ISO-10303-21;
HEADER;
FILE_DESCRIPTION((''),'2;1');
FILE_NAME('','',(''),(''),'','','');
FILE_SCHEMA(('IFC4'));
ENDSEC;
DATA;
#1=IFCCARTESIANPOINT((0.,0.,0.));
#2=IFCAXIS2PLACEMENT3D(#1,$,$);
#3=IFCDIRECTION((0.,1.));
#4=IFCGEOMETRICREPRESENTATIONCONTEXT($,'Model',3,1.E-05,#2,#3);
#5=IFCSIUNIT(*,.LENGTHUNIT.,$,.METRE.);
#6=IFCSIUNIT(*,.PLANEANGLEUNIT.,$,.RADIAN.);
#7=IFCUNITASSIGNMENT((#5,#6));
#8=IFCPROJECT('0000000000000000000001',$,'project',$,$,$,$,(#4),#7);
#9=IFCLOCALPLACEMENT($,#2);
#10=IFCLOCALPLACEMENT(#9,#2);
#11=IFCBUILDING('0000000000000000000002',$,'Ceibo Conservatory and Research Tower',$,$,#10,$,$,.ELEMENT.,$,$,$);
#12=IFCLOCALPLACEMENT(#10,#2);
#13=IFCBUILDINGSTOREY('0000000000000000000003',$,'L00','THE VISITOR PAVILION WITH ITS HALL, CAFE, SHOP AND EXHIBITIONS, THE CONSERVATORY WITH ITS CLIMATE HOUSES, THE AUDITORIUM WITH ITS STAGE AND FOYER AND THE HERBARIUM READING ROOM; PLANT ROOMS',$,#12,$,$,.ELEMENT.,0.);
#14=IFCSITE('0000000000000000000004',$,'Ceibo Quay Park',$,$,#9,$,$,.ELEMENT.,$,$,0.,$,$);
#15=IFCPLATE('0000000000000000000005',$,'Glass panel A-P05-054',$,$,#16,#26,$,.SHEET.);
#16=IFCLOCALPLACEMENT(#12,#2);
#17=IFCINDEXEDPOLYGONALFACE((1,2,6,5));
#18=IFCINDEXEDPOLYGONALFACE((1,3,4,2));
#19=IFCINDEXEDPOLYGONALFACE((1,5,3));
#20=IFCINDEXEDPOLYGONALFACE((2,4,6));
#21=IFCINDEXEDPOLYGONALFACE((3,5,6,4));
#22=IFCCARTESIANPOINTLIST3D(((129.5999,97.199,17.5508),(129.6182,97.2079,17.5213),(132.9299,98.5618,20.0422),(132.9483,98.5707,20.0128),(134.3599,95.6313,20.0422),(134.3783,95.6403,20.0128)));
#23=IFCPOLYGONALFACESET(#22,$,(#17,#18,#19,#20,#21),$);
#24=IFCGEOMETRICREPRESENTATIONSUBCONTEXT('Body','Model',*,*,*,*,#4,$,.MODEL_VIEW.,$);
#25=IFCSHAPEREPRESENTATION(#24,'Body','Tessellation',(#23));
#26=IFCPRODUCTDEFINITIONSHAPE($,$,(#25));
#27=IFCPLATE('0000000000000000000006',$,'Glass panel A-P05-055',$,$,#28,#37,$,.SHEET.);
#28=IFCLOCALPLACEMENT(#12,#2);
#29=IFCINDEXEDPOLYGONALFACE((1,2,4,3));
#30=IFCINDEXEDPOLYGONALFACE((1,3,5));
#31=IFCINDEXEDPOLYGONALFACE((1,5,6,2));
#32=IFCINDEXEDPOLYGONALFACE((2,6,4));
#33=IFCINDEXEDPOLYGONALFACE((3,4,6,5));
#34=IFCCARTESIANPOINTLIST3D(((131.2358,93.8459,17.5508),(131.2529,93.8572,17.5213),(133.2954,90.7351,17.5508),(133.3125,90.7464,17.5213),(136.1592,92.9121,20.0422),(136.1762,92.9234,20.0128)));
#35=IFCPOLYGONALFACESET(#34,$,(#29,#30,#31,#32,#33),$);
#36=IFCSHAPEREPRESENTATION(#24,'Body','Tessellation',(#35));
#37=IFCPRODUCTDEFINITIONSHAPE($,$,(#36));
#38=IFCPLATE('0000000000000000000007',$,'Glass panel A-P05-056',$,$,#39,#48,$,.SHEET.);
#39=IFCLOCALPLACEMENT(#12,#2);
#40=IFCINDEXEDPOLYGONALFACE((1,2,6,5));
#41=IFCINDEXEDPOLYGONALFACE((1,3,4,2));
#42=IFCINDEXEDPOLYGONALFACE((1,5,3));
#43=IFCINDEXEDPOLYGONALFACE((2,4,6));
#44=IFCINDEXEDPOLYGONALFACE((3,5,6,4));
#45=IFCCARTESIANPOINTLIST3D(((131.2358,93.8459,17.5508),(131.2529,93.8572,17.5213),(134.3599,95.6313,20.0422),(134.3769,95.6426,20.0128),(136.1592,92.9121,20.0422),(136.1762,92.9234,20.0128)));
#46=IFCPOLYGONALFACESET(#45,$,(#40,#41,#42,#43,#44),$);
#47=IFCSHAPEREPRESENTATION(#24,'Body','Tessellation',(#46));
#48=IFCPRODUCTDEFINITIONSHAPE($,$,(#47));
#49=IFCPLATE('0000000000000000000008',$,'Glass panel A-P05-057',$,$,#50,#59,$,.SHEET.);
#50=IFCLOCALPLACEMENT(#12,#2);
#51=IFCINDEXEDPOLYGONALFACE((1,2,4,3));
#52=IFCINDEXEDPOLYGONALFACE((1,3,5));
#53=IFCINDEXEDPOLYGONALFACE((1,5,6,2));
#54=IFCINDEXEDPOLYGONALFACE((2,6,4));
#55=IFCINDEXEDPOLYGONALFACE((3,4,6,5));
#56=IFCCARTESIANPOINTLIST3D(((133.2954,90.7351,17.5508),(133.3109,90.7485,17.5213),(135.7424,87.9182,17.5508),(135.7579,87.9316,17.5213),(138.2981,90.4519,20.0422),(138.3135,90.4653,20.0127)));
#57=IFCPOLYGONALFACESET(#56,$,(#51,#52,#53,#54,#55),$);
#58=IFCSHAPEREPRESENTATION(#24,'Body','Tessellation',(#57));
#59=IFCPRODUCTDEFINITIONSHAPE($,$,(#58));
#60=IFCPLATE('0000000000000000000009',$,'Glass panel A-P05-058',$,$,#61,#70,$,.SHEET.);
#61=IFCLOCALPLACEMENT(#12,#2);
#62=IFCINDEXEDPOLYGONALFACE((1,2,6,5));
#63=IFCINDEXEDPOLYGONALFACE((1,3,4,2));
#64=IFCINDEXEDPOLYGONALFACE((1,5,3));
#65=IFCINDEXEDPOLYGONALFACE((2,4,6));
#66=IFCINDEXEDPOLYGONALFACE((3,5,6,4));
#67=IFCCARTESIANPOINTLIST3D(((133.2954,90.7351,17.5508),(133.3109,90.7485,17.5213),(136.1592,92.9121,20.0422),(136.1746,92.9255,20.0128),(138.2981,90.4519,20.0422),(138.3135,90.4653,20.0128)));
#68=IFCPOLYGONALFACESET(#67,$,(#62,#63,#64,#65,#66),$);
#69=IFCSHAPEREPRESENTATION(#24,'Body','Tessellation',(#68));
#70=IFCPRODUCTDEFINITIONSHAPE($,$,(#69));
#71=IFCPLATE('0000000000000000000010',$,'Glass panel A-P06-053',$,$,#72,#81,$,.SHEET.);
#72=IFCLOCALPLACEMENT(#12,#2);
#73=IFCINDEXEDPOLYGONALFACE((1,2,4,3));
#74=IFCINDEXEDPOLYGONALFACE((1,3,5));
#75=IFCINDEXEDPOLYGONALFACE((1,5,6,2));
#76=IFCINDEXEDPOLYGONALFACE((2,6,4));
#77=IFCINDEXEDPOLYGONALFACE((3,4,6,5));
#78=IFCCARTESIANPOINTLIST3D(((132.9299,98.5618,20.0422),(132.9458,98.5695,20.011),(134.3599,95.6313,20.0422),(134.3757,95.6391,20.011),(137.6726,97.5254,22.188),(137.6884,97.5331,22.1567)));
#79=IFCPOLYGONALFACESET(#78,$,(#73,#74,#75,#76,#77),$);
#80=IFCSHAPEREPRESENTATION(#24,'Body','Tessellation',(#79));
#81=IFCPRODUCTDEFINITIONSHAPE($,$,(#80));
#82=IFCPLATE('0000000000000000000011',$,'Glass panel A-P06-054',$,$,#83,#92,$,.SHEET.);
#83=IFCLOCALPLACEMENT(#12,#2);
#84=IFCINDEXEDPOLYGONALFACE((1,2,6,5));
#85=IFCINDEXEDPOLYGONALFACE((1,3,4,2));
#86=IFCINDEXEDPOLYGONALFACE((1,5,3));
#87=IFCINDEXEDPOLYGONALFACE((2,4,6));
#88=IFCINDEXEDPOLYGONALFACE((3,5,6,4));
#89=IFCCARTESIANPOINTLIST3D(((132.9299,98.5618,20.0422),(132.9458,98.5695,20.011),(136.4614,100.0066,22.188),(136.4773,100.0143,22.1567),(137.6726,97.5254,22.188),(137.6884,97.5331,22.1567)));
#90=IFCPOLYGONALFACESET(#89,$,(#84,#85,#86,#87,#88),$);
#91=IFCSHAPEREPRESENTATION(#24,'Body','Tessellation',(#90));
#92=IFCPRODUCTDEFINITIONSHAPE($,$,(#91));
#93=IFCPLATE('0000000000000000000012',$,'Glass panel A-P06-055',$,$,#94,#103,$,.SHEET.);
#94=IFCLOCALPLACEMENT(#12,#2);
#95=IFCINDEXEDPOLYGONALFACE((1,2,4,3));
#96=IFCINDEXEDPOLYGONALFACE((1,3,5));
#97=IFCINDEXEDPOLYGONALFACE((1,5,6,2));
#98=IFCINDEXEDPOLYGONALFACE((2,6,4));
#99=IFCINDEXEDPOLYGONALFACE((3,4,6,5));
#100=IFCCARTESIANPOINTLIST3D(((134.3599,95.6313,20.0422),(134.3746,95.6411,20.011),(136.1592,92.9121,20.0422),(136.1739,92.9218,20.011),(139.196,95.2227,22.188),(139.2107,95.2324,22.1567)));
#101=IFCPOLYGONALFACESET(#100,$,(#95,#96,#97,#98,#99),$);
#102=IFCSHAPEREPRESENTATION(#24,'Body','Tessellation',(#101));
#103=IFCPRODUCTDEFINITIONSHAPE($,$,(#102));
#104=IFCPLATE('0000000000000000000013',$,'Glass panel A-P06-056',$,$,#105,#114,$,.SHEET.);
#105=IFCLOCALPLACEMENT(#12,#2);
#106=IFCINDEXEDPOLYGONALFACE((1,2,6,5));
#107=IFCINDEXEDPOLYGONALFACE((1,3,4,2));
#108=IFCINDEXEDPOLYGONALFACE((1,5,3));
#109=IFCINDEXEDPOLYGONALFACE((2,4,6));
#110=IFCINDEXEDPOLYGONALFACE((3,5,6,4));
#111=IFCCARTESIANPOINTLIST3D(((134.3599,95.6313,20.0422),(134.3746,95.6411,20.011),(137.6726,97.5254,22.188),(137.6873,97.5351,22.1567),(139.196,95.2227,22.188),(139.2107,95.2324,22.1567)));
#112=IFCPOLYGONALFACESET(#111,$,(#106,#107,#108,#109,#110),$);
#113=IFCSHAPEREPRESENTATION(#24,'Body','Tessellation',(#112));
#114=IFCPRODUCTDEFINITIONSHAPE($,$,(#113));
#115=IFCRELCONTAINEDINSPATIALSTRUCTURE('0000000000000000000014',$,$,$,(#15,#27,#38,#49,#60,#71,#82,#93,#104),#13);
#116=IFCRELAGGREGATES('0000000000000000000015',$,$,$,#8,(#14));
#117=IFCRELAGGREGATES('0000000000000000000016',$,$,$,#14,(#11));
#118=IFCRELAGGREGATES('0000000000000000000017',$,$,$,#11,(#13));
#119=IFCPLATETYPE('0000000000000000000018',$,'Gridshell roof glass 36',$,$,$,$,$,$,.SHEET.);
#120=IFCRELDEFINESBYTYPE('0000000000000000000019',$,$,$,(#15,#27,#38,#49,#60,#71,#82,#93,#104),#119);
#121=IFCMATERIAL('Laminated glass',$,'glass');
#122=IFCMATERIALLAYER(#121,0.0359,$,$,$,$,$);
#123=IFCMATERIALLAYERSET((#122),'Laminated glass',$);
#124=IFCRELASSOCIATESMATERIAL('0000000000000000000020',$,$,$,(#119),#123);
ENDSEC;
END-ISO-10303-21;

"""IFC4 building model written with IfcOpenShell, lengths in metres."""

from ifc_helpers import new_model, si_unit, direction, frame, origin, place, context, subcontext, project, spatial, polyline, outline, extrude, material, layer, layer_set, type_object, element, save


model = new_model("IFC4")

# Units and contexts
model_context = context("Model", 3, precision=1e-05, world=origin(), true_north=direction((0.0, 1.0)))
body_context = subcontext(model_context, "Body", "Model", "MODEL_VIEW")
ifc_project = project(units=[si_unit("LENGTHUNIT", "METRE"), si_unit("PLANEANGLEUNIT", "RADIAN")], contexts=[model_context])

# Site, building, storey
site_placement = place(None, origin())
site = spatial("IfcSite", under=ifc_project, at=site_placement, Name="Ceibo Quay Park", CompositionType="ELEMENT", RefElevation=0.0)
building_placement = place(site_placement, origin())
building = spatial("IfcBuilding", under=site, at=building_placement, Name="Ceibo Conservatory and Research Tower", CompositionType="ELEMENT")
storey_placement = place(building_placement, origin())
storey = spatial("IfcBuildingStorey", under=building, at=storey_placement, Name="L00", Description="THE VISITOR PAVILION WITH ITS HALL, CAFE, SHOP AND EXHIBITIONS, THE CONSERVATORY WITH ITS CLIMATE HOUSES, THE AUDITORIUM WITH ITS STAGE AND FOYER AND THE HERBARIUM READING ROOM; PLANT ROOMS", CompositionType="ELEMENT", Elevation=0.0)

# Plates
ifc_material_1 = material(Name="Laminated glass", Category="glass")
ifc_layer = layer(ifc_material_1, 0.0359)
ifc_layer_set = layer_set([ifc_layer], Name="Laminated glass")
plate_type = type_object("IfcPlateType", Name="Gridshell roof glass 36", PredefinedType="SHEET", material=ifc_layer_set)
plate_1_placement = place(storey_placement, frame((129.5999, 97.199, 17.5508), z_axis=(-0.51236, -0.250012, 0.821573), x_axis=(0.85051, -0.280101, 0.445169)))
element("IfcPlate", 1, at=plate_1_placement, inside=storey, type_object=plate_type, Name="Glass panel A-P05-054", PredefinedType="SHEET", context=body_context, shape_type="SweptSolid", body=[
    extrude(outline(polyline([(0.0, 0.0), (5.5967, 0.0), (3.5597, 2.5461), (0.0, 0.0)])), origin(), (0.0, 0.0, -1.0), 0.0359),
])
plate_2_placement = place(storey_placement, frame((131.2358, 93.8459, 17.5508), z_axis=(-0.475431, -0.314765, 0.821516), x_axis=(0.55204, -0.833818, 0.0)))
element("IfcPlate", 2, at=plate_2_placement, inside=storey, type_object=plate_type, Name="Glass panel A-P05-055", PredefinedType="SHEET", context=body_context, shape_type="SweptSolid", body=[
    extrude(outline(polyline([(0.0, 0.0), (3.7308, 0.0), (3.4965, 4.3695), (0.0, 0.0)])), origin(), (0.0, 0.0, -1.0), 0.0359),
])
plate_3_placement = place(storey_placement, frame((131.2358, 93.8459, 17.5508), z_axis=(-0.475432, -0.314593, 0.821582), x_axis=(0.879748, -0.166867, 0.445196)))
element("IfcPlate", 3, at=plate_3_placement, inside=storey, type_object=plate_type, Name="Glass panel A-P05-056", PredefinedType="SHEET", context=body_context, shape_type="SweptSolid", body=[
    extrude(outline(polyline([(0.0, 0.0), (5.5963, 0.0), (3.5596, 2.5463), (0.0, 0.0)])), origin(), (0.0, 0.0, -1.0), 0.0359),
])
plate_4_placement = place(storey_placement, frame((133.2954, 90.7351, 17.5508), z_axis=(-0.430345, -0.373839, 0.821613), x_axis=(0.655804, -0.754931, 0.0)))
element("IfcPlate", 4, at=plate_4_placement, inside=storey, type_object=plate_type, Name="Glass panel A-P05-057", PredefinedType="SHEET", context=body_context, shape_type="SweptSolid", body=[
    extrude(outline(polyline([(0.0, 0.0), (3.7313, 0.0), (3.4946, 4.3706), (0.0, 0.0)])), origin(), (0.0, 0.0, -1.0), 0.0359),
])
plate_5_placement = place(storey_placement, frame((133.2954, 90.7351, 17.5508), z_axis=(-0.430309, -0.374113, 0.821507), x_axis=(0.893987, -0.050609, 0.445226)))
element("IfcPlate", 5, at=plate_5_placement, inside=storey, type_object=plate_type, Name="Glass panel A-P05-058", PredefinedType="SHEET", context=body_context, shape_type="SweptSolid", body=[
    extrude(outline(polyline([(0.0, 0.0), (5.5959, 0.0), (3.5593, 2.5455), (0.0, 0.0)])), origin(), (0.0, 0.0, -1.0), 0.0359),
])
plate_6_placement = place(storey_placement, frame((132.9299, 98.5618, 20.0422), z_axis=(-0.441206, -0.215292, 0.871198), x_axis=(0.438537, -0.898713, 0.0)))
element("IfcPlate", 6, at=plate_6_placement, inside=storey, type_object=plate_type, Name="Glass panel A-P06-053", PredefinedType="SHEET", context=body_context, shape_type="SweptSolid", body=[
    extrude(outline(polyline([(0.0, 0.0), (3.2607, 0.0), (3.0112, 4.3708), (0.0, 0.0)])), origin(), (0.0, 0.0, -1.0), 0.0359),
])
plate_7_placement = place(storey_placement, frame((132.9299, 98.5618, 20.0422), z_axis=(-0.441214, -0.215375, 0.871174), x_axis=(0.893552, -0.19526, 0.404274)))
element("IfcPlate", 7, at=plate_7_placement, inside=storey, type_object=plate_type, Name="Glass panel A-P06-054", PredefinedType="SHEET", context=body_context, shape_type="SweptSolid", body=[
    extrude(outline(polyline([(0.0, 0.0), (5.3077, 0.0), (3.7409, 2.2735), (0.0, 0.0)])), origin(), (0.0, 0.0, -1.0), 0.0359),
])
plate_8_placement = place(storey_placement, frame((134.3599, 95.6313, 20.0422), z_axis=(-0.40943, -0.270919, 0.871189), x_axis=(0.551829, -0.833958, 0.0)))
element("IfcPlate", 8, at=plate_8_placement, inside=storey, type_object=plate_type, Name="Glass panel A-P06-055", PredefinedType="SHEET", context=body_context, shape_type="SweptSolid", body=[
    extrude(outline(polyline([(0.0, 0.0), (3.2606, 0.0), (3.0096, 4.3706), (0.0, 0.0)])), origin(), (0.0, 0.0, -1.0), 0.0359),
])
plate_9_placement = place(storey_placement, frame((134.3599, 95.6313, 20.0422), z_axis=(-0.409432, -0.270871, 0.871203), x_axis=(0.911353, -0.077016, 0.404356)))
element("IfcPlate", 9, at=plate_9_placement, inside=storey, type_object=plate_type, Name="Glass panel A-P06-056", PredefinedType="SHEET", context=body_context, shape_type="SweptSolid", body=[
    extrude(outline(polyline([(0.0, 0.0), (5.3066, 0.0), (3.7409, 2.2742), (0.0, 0.0)])), origin(), (0.0, 0.0, -1.0), 0.0359),
])

save(model, "model.ifc")
